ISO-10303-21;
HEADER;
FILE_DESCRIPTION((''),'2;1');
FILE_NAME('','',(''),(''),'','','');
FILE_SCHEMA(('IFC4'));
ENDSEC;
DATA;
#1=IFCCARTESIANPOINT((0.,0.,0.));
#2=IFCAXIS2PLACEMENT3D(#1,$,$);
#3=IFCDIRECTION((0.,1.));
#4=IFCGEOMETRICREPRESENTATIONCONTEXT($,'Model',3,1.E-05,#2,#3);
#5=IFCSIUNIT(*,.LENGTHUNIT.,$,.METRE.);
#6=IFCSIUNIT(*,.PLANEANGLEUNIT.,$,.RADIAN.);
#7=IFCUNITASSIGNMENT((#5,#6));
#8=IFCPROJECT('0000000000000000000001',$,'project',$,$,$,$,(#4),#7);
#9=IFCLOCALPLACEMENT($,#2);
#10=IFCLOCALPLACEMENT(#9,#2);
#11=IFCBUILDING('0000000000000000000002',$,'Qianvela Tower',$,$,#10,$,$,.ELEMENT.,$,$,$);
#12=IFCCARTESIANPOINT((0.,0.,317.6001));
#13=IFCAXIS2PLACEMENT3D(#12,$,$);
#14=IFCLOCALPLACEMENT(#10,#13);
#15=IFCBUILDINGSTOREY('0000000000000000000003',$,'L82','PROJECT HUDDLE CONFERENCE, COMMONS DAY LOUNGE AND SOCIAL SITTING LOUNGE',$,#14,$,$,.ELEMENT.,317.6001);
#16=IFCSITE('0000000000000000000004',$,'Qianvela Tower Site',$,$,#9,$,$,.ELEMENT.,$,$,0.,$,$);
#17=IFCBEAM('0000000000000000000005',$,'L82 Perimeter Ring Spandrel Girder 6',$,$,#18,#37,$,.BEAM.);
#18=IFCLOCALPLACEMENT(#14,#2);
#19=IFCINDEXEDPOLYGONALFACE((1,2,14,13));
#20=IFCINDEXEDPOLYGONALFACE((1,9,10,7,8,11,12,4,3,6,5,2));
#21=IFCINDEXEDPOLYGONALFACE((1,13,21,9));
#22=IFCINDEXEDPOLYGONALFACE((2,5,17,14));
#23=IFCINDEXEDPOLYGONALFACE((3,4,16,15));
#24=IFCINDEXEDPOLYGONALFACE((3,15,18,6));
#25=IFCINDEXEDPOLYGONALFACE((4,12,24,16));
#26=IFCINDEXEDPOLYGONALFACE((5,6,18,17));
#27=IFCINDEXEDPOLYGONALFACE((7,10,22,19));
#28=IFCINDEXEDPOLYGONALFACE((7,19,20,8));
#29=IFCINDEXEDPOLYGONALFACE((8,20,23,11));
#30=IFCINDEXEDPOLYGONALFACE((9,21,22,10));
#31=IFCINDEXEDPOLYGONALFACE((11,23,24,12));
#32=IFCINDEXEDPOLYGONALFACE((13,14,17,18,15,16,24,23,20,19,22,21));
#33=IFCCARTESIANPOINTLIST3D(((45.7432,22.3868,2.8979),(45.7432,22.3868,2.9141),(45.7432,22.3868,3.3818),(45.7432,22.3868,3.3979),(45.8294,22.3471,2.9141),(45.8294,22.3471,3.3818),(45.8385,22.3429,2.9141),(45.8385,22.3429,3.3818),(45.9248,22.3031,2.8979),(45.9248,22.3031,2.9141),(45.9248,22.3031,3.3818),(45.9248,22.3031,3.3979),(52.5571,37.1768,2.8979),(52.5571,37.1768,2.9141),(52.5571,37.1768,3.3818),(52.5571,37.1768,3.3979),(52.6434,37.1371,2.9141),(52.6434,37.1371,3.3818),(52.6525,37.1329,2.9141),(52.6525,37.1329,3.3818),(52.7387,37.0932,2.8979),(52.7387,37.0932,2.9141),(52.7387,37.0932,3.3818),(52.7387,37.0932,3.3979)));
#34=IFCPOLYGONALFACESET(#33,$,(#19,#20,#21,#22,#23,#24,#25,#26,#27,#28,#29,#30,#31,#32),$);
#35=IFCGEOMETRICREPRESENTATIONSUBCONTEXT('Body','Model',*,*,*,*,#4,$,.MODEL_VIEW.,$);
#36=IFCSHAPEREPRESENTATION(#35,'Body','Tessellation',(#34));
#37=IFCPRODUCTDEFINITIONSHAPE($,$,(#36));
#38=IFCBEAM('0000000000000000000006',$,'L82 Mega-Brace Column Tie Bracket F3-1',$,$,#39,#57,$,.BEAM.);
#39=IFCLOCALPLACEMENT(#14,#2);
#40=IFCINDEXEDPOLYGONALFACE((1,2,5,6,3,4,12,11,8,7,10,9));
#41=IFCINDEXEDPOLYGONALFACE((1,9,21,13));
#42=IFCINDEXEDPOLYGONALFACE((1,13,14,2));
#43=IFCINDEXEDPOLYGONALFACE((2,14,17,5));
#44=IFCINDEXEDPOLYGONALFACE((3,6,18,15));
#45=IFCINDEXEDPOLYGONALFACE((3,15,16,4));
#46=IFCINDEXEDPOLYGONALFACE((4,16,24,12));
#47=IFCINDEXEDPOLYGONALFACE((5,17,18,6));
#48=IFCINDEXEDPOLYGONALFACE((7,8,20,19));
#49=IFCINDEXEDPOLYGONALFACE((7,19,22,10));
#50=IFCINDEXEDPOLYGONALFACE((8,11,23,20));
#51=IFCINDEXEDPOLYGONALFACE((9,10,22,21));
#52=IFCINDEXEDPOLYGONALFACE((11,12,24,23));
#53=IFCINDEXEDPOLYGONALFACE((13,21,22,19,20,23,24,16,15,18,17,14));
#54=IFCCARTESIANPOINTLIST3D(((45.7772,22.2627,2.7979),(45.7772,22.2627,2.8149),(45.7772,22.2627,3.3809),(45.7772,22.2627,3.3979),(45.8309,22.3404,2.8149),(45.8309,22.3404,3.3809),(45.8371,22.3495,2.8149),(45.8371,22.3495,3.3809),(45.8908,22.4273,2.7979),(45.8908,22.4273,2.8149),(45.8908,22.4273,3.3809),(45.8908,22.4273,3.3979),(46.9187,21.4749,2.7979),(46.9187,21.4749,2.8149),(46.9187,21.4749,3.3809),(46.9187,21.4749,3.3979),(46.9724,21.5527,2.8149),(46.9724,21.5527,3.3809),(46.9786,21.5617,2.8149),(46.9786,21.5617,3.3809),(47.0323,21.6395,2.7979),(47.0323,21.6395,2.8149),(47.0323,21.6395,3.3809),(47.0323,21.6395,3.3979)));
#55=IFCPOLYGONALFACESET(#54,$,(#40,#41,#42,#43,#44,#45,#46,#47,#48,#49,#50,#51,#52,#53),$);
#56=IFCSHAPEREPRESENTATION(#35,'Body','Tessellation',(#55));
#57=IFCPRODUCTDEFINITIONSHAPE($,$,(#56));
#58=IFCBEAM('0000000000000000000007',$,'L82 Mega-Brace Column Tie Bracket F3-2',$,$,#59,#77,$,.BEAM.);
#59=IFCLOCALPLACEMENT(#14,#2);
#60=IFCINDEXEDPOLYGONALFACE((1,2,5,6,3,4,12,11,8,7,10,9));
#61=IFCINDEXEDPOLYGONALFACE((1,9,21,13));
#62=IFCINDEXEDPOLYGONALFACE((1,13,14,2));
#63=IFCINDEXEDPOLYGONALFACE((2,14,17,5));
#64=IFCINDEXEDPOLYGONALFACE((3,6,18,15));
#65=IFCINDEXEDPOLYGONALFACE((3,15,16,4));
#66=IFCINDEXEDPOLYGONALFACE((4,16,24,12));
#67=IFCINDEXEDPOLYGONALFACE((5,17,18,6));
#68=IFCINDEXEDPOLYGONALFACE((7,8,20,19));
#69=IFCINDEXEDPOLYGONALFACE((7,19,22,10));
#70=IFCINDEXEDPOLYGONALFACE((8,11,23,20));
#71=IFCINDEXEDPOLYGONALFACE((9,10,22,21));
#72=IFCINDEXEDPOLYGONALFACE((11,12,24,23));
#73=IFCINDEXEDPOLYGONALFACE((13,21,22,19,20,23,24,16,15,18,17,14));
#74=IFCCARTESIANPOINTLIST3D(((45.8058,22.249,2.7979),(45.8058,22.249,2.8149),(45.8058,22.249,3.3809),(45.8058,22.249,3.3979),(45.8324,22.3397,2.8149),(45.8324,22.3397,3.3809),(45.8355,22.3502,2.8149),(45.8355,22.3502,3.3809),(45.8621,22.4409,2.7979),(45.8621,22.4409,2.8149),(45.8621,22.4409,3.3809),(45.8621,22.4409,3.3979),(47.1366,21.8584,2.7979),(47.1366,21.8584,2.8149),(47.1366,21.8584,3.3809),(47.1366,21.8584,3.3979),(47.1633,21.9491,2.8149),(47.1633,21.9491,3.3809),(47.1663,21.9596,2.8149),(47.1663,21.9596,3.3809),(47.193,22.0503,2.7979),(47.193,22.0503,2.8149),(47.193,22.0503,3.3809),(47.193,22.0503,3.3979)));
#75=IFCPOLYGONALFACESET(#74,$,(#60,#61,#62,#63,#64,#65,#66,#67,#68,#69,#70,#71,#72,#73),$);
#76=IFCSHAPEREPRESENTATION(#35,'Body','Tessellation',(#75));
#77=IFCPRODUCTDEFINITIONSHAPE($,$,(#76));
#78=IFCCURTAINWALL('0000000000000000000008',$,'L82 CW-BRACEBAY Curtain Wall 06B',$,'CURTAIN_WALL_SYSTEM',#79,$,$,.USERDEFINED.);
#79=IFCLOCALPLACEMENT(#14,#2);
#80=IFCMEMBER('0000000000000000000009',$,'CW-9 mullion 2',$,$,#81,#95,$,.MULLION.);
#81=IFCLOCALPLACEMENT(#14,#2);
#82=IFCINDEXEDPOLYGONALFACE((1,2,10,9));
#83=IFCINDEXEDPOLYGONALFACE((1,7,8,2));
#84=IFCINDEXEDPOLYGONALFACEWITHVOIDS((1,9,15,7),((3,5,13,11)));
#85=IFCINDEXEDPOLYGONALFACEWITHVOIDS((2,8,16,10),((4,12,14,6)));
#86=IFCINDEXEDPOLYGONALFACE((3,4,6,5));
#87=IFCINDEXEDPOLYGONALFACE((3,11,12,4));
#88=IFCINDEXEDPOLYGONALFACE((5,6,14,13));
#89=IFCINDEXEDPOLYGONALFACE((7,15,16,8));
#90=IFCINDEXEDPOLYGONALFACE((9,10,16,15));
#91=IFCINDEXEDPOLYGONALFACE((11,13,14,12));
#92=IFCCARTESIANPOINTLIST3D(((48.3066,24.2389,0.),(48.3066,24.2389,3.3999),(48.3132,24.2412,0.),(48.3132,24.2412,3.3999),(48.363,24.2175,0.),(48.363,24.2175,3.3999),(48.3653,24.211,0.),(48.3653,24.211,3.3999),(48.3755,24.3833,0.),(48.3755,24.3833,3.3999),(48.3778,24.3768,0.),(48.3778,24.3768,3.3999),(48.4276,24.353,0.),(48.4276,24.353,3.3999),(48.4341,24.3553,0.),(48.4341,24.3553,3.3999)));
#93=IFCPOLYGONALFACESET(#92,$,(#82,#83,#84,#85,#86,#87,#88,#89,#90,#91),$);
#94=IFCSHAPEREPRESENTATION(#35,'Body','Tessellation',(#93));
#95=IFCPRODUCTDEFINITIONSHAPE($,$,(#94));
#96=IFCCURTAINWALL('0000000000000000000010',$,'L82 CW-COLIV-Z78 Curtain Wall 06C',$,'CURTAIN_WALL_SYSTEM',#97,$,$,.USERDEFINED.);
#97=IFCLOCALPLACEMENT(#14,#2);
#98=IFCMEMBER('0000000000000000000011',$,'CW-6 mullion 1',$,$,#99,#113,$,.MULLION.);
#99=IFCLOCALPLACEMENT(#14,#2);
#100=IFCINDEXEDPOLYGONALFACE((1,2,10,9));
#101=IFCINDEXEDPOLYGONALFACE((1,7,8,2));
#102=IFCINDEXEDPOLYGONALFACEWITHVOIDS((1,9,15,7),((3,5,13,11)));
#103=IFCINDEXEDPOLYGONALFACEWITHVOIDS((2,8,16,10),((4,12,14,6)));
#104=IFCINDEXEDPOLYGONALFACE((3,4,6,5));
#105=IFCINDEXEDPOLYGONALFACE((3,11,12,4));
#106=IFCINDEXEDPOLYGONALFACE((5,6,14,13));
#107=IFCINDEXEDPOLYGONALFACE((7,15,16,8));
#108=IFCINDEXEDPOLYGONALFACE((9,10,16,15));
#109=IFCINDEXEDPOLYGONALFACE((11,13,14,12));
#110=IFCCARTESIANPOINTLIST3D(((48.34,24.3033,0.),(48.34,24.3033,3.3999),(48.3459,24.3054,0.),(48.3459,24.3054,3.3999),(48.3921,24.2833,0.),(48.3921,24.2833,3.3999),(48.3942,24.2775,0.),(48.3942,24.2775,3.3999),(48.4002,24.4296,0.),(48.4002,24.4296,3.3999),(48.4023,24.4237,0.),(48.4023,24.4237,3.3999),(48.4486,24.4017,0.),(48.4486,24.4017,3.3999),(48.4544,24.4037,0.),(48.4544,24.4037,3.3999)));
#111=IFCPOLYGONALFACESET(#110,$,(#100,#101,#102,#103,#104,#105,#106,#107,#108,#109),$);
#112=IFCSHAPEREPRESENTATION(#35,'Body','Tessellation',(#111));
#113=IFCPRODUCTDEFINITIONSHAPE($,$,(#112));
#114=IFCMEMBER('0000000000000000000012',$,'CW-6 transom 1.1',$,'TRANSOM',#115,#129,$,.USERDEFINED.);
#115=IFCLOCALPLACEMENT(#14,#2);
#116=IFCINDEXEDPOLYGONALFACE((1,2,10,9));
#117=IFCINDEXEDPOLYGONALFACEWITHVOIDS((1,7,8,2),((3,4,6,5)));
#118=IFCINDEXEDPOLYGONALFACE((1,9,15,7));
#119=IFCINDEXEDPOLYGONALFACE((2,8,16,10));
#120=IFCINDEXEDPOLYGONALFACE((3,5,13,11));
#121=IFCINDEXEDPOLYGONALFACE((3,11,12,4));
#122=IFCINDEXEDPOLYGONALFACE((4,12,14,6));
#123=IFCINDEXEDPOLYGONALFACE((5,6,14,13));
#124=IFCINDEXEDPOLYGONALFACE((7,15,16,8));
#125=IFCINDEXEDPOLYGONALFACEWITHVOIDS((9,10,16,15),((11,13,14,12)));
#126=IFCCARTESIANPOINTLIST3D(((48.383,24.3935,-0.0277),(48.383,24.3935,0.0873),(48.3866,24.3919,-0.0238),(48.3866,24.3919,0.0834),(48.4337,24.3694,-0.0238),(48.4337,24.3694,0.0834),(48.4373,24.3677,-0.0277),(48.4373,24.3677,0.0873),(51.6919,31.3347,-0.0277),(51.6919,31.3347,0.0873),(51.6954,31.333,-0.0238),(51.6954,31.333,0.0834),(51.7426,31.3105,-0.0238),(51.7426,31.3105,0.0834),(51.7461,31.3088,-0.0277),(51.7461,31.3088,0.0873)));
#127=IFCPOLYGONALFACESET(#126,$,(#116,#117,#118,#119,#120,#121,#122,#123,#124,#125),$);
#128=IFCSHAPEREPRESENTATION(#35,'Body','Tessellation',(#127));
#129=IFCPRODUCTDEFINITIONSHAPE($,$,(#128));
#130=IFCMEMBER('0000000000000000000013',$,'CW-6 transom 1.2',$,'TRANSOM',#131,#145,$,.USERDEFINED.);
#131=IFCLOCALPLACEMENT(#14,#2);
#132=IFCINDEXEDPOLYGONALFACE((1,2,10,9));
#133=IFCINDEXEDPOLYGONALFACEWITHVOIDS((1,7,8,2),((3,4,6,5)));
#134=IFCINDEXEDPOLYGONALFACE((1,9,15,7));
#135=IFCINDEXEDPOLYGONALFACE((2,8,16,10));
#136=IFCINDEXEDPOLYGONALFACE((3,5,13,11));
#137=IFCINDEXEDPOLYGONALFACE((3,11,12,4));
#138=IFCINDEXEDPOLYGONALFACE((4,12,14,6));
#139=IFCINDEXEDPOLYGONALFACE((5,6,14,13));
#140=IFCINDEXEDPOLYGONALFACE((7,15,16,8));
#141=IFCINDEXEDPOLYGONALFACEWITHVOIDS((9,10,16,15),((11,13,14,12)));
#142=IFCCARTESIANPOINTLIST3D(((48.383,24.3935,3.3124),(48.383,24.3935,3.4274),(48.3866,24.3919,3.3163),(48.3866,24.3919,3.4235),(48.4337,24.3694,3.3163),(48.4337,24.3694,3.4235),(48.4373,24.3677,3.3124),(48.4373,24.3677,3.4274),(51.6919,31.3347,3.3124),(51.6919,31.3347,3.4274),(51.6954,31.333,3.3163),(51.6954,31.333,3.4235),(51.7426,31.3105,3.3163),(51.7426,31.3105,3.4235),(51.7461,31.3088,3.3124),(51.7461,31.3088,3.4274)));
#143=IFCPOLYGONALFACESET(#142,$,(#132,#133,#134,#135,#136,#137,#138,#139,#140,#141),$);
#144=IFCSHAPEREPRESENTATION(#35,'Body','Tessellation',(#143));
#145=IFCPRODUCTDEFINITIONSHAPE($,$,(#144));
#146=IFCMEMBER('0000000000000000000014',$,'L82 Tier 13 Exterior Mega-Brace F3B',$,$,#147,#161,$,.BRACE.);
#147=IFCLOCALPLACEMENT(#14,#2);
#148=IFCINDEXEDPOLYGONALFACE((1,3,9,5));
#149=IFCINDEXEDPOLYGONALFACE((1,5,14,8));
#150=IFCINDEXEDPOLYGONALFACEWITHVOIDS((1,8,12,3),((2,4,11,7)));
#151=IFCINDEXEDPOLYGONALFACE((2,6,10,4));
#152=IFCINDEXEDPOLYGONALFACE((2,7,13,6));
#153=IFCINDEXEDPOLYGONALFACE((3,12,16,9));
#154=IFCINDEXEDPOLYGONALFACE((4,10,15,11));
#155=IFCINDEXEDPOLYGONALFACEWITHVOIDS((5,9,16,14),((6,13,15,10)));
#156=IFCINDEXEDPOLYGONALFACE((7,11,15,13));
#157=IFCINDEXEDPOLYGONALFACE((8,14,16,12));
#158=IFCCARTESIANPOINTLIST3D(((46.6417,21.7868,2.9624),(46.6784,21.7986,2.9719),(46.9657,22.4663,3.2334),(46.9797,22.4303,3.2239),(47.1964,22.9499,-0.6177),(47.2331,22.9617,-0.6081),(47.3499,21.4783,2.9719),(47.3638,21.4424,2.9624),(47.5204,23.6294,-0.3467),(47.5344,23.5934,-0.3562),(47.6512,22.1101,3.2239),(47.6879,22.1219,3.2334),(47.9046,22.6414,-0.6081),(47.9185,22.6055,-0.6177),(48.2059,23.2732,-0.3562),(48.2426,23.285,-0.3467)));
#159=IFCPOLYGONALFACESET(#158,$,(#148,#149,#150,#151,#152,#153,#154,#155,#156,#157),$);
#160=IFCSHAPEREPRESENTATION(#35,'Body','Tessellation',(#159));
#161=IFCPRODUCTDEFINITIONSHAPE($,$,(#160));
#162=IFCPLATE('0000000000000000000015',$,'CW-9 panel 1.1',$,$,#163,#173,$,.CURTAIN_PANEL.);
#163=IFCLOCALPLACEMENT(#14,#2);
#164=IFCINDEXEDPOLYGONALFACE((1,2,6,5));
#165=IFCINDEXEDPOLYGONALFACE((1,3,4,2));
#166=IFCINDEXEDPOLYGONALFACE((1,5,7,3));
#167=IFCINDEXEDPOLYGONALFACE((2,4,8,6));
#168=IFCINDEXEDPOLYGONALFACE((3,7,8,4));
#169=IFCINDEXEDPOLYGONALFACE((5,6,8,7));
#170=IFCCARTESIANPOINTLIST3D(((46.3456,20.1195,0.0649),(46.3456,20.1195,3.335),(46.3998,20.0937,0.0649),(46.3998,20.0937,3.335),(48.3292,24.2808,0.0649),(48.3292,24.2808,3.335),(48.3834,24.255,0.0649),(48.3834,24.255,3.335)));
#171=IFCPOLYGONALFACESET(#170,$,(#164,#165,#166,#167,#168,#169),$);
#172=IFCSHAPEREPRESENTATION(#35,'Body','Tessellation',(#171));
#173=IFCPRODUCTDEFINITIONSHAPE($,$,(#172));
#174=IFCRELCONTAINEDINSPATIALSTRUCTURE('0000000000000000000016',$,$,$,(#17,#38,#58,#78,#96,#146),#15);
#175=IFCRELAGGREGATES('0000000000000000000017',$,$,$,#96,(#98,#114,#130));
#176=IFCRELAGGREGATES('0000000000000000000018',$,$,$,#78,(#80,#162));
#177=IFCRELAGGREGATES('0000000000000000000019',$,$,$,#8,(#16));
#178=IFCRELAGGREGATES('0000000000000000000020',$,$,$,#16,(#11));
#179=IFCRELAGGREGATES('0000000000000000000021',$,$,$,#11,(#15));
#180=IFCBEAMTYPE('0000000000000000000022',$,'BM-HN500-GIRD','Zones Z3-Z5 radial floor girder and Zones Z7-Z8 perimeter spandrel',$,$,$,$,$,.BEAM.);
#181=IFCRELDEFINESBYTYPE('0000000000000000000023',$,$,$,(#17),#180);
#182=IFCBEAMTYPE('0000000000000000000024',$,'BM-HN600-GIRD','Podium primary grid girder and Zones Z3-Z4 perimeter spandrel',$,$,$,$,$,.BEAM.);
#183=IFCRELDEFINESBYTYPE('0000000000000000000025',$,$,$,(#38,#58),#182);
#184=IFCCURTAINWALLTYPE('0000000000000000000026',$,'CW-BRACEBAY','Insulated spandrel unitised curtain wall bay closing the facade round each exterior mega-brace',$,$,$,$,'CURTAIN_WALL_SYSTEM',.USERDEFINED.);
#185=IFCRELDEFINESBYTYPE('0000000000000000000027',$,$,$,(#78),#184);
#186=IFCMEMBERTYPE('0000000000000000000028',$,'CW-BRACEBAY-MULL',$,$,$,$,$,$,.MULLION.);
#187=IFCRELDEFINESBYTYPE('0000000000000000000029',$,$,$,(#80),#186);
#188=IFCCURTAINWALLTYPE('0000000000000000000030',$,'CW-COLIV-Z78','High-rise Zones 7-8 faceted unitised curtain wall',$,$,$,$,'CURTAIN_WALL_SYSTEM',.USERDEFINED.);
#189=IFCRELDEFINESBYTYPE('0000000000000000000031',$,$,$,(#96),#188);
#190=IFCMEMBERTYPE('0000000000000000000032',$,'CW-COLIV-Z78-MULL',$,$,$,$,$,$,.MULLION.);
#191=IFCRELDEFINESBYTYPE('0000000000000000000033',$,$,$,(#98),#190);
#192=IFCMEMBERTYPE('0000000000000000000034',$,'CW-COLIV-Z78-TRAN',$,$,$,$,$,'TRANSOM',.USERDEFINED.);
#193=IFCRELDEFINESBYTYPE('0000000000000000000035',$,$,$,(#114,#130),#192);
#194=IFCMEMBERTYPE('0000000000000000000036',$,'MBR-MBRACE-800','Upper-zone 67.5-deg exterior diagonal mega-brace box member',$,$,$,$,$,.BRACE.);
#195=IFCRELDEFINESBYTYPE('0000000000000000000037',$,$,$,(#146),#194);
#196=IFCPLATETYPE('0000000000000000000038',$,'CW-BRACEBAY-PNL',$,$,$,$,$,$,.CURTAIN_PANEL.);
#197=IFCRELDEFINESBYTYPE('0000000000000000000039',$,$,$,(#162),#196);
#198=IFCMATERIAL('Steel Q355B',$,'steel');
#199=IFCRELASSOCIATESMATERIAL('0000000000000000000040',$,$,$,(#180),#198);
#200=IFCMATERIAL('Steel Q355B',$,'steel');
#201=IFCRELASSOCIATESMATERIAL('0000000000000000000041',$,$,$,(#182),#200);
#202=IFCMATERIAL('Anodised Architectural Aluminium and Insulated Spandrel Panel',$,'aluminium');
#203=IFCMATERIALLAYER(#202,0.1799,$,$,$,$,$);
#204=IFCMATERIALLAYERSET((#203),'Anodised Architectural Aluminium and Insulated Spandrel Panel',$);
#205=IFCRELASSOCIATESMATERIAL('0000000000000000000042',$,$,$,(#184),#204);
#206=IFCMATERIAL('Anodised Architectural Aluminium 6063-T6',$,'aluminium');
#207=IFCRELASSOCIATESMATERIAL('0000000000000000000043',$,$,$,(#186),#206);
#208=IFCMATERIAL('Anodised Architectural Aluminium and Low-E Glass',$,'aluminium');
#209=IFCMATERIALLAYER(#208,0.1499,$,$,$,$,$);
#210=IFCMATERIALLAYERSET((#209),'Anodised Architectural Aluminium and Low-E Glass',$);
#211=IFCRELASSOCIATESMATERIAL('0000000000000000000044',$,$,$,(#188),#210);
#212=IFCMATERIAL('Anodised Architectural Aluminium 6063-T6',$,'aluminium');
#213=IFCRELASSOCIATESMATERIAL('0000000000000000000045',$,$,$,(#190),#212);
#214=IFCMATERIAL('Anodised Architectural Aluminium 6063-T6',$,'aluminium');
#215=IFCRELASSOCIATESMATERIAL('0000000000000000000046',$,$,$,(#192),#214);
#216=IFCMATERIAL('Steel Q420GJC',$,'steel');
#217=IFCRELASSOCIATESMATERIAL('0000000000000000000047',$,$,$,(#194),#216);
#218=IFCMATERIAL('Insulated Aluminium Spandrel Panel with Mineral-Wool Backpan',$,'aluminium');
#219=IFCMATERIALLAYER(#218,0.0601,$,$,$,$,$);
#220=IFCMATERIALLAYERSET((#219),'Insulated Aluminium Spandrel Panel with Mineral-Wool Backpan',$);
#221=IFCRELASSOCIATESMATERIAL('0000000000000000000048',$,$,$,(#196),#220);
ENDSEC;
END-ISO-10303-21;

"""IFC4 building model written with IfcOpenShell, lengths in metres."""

from ifc_helpers import new_model, si_unit, direction, frame, origin, origin_2d, place, context, subcontext, project, spatial, rectangle, hollow_rectangle, i_section, extrude, material, layer, layer_set, material_profile, profile_set, type_object, element, aggregate, save


model = new_model("IFC4")

# Units and contexts
model_context = context("Model", 3, precision=1e-05, world=origin(), true_north=direction((0.0, 1.0)))
body_context = subcontext(model_context, "Body", "Model", "MODEL_VIEW")
ifc_project = project(units=[si_unit("LENGTHUNIT", "METRE"), si_unit("PLANEANGLEUNIT", "RADIAN")], contexts=[model_context])

# Site, building, storey
site_placement = place(None, origin())
site = spatial("IfcSite", under=ifc_project, at=site_placement, Name="Qianvela Tower Site", CompositionType="ELEMENT", RefElevation=0.0)
building_placement = place(site_placement, origin())
building = spatial("IfcBuilding", under=site, at=building_placement, Name="Qianvela Tower", CompositionType="ELEMENT")
storey_placement = place(building_placement, frame((0.0, 0.0, 317.6001)))
storey = spatial("IfcBuildingStorey", under=building, at=storey_placement, Name="L82", Description="PROJECT HUDDLE CONFERENCE, COMMONS DAY LOUNGE AND SOCIAL SITTING LOUNGE", CompositionType="ELEMENT", Elevation=317.6001)

# Beams
ifc_material_1 = material(Name="Steel Q355B", Category="steel")
ifc_material_profile_1 = material_profile(ifc_material_1, i_section(OverallWidth=0.2, OverallDepth=0.5, WebThickness=0.01, FlangeThickness=0.0161, at=origin_2d()), Name="HN500x200x10x16")
ifc_profile_set_1 = profile_set([ifc_material_profile_1], Name="Steel Q355B")
beam_type_1 = type_object("IfcBeamType", Name="BM-HN500-GIRD", Description="Zones Z3-Z5 radial floor girder and Zones Z7-Z8 perimeter spandrel", PredefinedType="BEAM", material=ifc_profile_set_1)
beam_1_placement = place(storey_placement, frame((45.834, 22.345, 3.1479), z_axis=(0.41844, 0.908244, 0.0), x_axis=(-0.908244, 0.41844, 0.0)))
element("IfcBeam", 1, at=beam_1_placement, inside=storey, type_object=beam_type_1, Name="L82 Perimeter Ring Spandrel Girder 6", PredefinedType="BEAM", context=body_context, shape_type="SweptSolid", body=[
    extrude(i_section(OverallWidth=0.2, OverallDepth=0.5, WebThickness=0.01, FlangeThickness=0.0161, at=origin_2d()), origin(), (0.0, 0.0, 1.0), 16.2842),
])
ifc_material_2 = material(Name="Steel Q355B", Category="steel")
ifc_material_profile_2 = material_profile(ifc_material_2, i_section(OverallWidth=0.2, OverallDepth=0.6001, WebThickness=0.011, FlangeThickness=0.0171, at=origin_2d()), Name="HN600x200x11x17")
ifc_profile_set_2 = profile_set([ifc_material_profile_2], Name="Steel Q355B")
beam_type_2 = type_object("IfcBeamType", Name="BM-HN600-GIRD", Description="Podium primary grid girder and Zones Z3-Z4 perimeter spandrel", PredefinedType="BEAM", material=ifc_profile_set_2)
for number, where, z_axis, x_axis, name in (
    (2, (45.834, 22.345, 3.0979), (0.823034, -0.567992, 0.0), (0.567992, 0.823034, 0.0), "L82 Mega-Brace Column Tie Bracket F3-1"),
    (3, (45.834, 22.345, 3.0979), (0.95952, -0.281642, 0.0), (0.281642, 0.95952, 0.0), "L82 Mega-Brace Column Tie Bracket F3-2"),
):
    element("IfcBeam", number, at=place(storey_placement, frame(where, z_axis=z_axis, x_axis=x_axis)), inside=storey, type_object=beam_type_2, Name=name, PredefinedType="BEAM", context=body_context, shape_type="SweptSolid", body=[
        extrude(i_section(OverallWidth=0.2, OverallDepth=0.6001, WebThickness=0.011, FlangeThickness=0.0171, at=origin_2d()), origin(), (0.0, 0.0, 1.0), 1.387),
    ])

# Curtain wall, member
ifc_material_3 = material(Name="Anodised Architectural Aluminium and Insulated Spandrel Panel", Category="aluminium")
ifc_layer_1 = layer(ifc_material_3, 0.1799)
ifc_layer_set_1 = layer_set([ifc_layer_1], Name="Anodised Architectural Aluminium and Insulated Spandrel Panel")
curtain_wall_type_1 = type_object("IfcCurtainWallType", Name="CW-BRACEBAY", Description="Insulated spandrel unitised curtain wall bay closing the facade round each exterior mega-brace", ElementType="CURTAIN_WALL_SYSTEM", PredefinedType="USERDEFINED", material=ifc_layer_set_1)
curtain_wall_1_placement = place(storey_placement, origin())
curtain_wall_1 = element("IfcCurtainWall", 4, at=curtain_wall_1_placement, inside=storey, type_object=curtain_wall_type_1, Name="L82 CW-BRACEBAY Curtain Wall 06B", ObjectType="CURTAIN_WALL_SYSTEM", PredefinedType="USERDEFINED")
ifc_material_4 = material(Name="Anodised Architectural Aluminium 6063-T6", Category="aluminium")
ifc_material_profile_3 = material_profile(ifc_material_4, hollow_rectangle(XDim=0.0649, YDim=0.1599, WallThickness=0.0049, at=origin_2d()), Name="ALU-MULL-65x160")
ifc_profile_set_3 = profile_set([ifc_material_profile_3], Name="Anodised Architectural Aluminium 6063-T6")
member_type_1 = type_object("IfcMemberType", Name="CW-BRACEBAY-MULL", PredefinedType="MULLION", material=ifc_profile_set_3)
member_1_placement = place(storey_placement, frame((48.3704, 24.2971, 0.0), z_axis=(0.0, 0.0, 1.0), x_axis=(-0.902687, 0.430299, 0.0)))
member_1 = element("IfcMember", 5, at=member_1_placement, type_object=member_type_1, Name="CW-9 mullion 2", PredefinedType="MULLION", context=body_context, shape_type="SweptSolid", body=[
    extrude(hollow_rectangle(XDim=0.0649, YDim=0.1599, WallThickness=0.0049, at=origin_2d()), origin(), (0.0, 0.0, 1.0), 3.3999),
])

# Curtain wall, members
ifc_material_5 = material(Name="Anodised Architectural Aluminium and Low-E Glass", Category="aluminium")
ifc_layer_2 = layer(ifc_material_5, 0.1499)
ifc_layer_set_2 = layer_set([ifc_layer_2], Name="Anodised Architectural Aluminium and Low-E Glass")
curtain_wall_type_2 = type_object("IfcCurtainWallType", Name="CW-COLIV-Z78", Description="High-rise Zones 7-8 faceted unitised curtain wall", ElementType="CURTAIN_WALL_SYSTEM", PredefinedType="USERDEFINED", material=ifc_layer_set_2)
curtain_wall_2_placement = place(storey_placement, origin())
curtain_wall_2 = element("IfcCurtainWall", 6, at=curtain_wall_2_placement, inside=storey, type_object=curtain_wall_type_2, Name="L82 CW-COLIV-Z78 Curtain Wall 06C", ObjectType="CURTAIN_WALL_SYSTEM", PredefinedType="USERDEFINED")
ifc_material_6 = material(Name="Anodised Architectural Aluminium 6063-T6", Category="aluminium")
ifc_material_profile_4 = material_profile(ifc_material_6, hollow_rectangle(XDim=0.0601, YDim=0.1399, WallThickness=0.0044, at=origin_2d()), Name="ALU-MULL-60x140")
ifc_profile_set_4 = profile_set([ifc_material_profile_4], Name="Anodised Architectural Aluminium 6063-T6")
member_type_2 = type_object("IfcMemberType", Name="CW-COLIV-Z78-MULL", PredefinedType="MULLION", material=ifc_profile_set_4)
member_2_placement = place(storey_placement, frame((48.3972, 24.3535, 0.0), z_axis=(0.0, 0.0, 1.0), x_axis=(-0.902682, 0.430308, 0.0)))
member_2 = element("IfcMember", 7, at=member_2_placement, type_object=member_type_2, Name="CW-6 mullion 1", PredefinedType="MULLION", context=body_context, shape_type="SweptSolid", body=[
    extrude(hollow_rectangle(XDim=0.0601, YDim=0.1399, WallThickness=0.0044, at=origin_2d()), origin(), (0.0, 0.0, 1.0), 3.3999),
])
ifc_material_7 = material(Name="Anodised Architectural Aluminium 6063-T6", Category="aluminium")
ifc_material_profile_5 = material_profile(ifc_material_7, hollow_rectangle(XDim=0.0601, YDim=0.115, WallThickness=0.0039, at=origin_2d()), Name="ALU-TRAN-60x115")
ifc_profile_set_5 = profile_set([ifc_material_profile_5], Name="Anodised Architectural Aluminium 6063-T6")
member_type_3 = type_object("IfcMemberType", Name="CW-COLIV-Z78-TRAN", ElementType="TRANSOM", PredefinedType="USERDEFINED", material=ifc_profile_set_5)
member_3_placement = place(storey_placement, frame((48.4102, 24.3806, 0.0298), z_axis=(0.430307, 0.902683, 0.0), x_axis=(-0.902683, 0.430307, 0.0)))
member_3 = element("IfcMember", 8, at=member_3_placement, type_object=member_type_3, Name="CW-6 transom 1.1", ObjectType="TRANSOM", PredefinedType="USERDEFINED", context=body_context, shape_type="SweptSolid", body=[
    extrude(hollow_rectangle(XDim=0.0601, YDim=0.115, WallThickness=0.0039, at=origin_2d()), origin(), (0.0, 0.0, 1.0), 7.6895),
])
member_4_placement = place(storey_placement, frame((48.4102, 24.3806, 3.3699), z_axis=(0.430307, 0.902683, 0.0), x_axis=(-0.902683, 0.430307, 0.0)))
member_4 = element("IfcMember", 9, at=member_4_placement, type_object=member_type_3, Name="CW-6 transom 1.2", ObjectType="TRANSOM", PredefinedType="USERDEFINED", context=body_context, shape_type="SweptSolid", body=[
    extrude(hollow_rectangle(XDim=0.0601, YDim=0.115, WallThickness=0.0039, at=origin_2d()), origin(), (0.0, 0.0, 1.0), 7.6895),
])
aggregate(curtain_wall_2, [member_2, member_3, member_4])

# Member
ifc_material_8 = material(Name="Steel Q420GJC", Category="steel")
ifc_material_profile_6 = material_profile(ifc_material_8, hollow_rectangle(XDim=0.8, YDim=0.8, WallThickness=0.0281, at=origin_2d()), Name="MBOX-800x800x28")
ifc_profile_set_6 = profile_set([ifc_material_profile_6], Name="Steel Q420GJC")
member_type_4 = type_object("IfcMemberType", Name="MBR-MBRACE-800", Description="Upper-zone 67.5-deg exterior diagonal mega-brace box member", PredefinedType="BRACE", material=ifc_profile_set_6)
member_5_placement = place(storey_placement, frame((47.7195, 23.1174, -0.4822), z_axis=(-0.145782, -0.30568, 0.940908), x_axis=(0.902608, -0.430463, 0.0)))
element("IfcMember", 10, at=member_5_placement, inside=storey, type_object=member_type_4, Name="L82 Tier 13 Exterior Mega-Brace F3B", PredefinedType="BRACE", context=body_context, shape_type="SweptSolid", body=[
    extrude(hollow_rectangle(XDim=0.8, YDim=0.8, WallThickness=0.0281, at=origin_2d()), origin(), (0.0, 0.0, 1.0), 3.8049),
])

# Plate
ifc_material_9 = material(Name="Insulated Aluminium Spandrel Panel with Mineral-Wool Backpan", Category="aluminium")
ifc_layer_3 = layer(ifc_material_9, 0.0601)
ifc_layer_set_3 = layer_set([ifc_layer_3], Name="Insulated Aluminium Spandrel Panel with Mineral-Wool Backpan")
plate_type_1 = type_object("IfcPlateType", Name="CW-BRACEBAY-PNL", PredefinedType="CURTAIN_PANEL", material=ifc_layer_set_3)
plate_1_placement = place(storey_placement, frame((47.3645, 22.1873, 0.0649), z_axis=(0.0, 0.0, 1.0), x_axis=(0.430299, 0.902687, 0.0)))
plate_1 = element("IfcPlate", 11, at=plate_1_placement, type_object=plate_type_1, Name="CW-9 panel 1.1", PredefinedType="CURTAIN_PANEL", context=body_context, shape_type="SweptSolid", body=[
    extrude(rectangle(XDim=4.6099, YDim=0.0601, at=origin_2d()), origin(), (0.0, 0.0, 1.0), 3.27),
])
aggregate(curtain_wall_1, [member_1, plate_1])

save(model, "model.ifc")
